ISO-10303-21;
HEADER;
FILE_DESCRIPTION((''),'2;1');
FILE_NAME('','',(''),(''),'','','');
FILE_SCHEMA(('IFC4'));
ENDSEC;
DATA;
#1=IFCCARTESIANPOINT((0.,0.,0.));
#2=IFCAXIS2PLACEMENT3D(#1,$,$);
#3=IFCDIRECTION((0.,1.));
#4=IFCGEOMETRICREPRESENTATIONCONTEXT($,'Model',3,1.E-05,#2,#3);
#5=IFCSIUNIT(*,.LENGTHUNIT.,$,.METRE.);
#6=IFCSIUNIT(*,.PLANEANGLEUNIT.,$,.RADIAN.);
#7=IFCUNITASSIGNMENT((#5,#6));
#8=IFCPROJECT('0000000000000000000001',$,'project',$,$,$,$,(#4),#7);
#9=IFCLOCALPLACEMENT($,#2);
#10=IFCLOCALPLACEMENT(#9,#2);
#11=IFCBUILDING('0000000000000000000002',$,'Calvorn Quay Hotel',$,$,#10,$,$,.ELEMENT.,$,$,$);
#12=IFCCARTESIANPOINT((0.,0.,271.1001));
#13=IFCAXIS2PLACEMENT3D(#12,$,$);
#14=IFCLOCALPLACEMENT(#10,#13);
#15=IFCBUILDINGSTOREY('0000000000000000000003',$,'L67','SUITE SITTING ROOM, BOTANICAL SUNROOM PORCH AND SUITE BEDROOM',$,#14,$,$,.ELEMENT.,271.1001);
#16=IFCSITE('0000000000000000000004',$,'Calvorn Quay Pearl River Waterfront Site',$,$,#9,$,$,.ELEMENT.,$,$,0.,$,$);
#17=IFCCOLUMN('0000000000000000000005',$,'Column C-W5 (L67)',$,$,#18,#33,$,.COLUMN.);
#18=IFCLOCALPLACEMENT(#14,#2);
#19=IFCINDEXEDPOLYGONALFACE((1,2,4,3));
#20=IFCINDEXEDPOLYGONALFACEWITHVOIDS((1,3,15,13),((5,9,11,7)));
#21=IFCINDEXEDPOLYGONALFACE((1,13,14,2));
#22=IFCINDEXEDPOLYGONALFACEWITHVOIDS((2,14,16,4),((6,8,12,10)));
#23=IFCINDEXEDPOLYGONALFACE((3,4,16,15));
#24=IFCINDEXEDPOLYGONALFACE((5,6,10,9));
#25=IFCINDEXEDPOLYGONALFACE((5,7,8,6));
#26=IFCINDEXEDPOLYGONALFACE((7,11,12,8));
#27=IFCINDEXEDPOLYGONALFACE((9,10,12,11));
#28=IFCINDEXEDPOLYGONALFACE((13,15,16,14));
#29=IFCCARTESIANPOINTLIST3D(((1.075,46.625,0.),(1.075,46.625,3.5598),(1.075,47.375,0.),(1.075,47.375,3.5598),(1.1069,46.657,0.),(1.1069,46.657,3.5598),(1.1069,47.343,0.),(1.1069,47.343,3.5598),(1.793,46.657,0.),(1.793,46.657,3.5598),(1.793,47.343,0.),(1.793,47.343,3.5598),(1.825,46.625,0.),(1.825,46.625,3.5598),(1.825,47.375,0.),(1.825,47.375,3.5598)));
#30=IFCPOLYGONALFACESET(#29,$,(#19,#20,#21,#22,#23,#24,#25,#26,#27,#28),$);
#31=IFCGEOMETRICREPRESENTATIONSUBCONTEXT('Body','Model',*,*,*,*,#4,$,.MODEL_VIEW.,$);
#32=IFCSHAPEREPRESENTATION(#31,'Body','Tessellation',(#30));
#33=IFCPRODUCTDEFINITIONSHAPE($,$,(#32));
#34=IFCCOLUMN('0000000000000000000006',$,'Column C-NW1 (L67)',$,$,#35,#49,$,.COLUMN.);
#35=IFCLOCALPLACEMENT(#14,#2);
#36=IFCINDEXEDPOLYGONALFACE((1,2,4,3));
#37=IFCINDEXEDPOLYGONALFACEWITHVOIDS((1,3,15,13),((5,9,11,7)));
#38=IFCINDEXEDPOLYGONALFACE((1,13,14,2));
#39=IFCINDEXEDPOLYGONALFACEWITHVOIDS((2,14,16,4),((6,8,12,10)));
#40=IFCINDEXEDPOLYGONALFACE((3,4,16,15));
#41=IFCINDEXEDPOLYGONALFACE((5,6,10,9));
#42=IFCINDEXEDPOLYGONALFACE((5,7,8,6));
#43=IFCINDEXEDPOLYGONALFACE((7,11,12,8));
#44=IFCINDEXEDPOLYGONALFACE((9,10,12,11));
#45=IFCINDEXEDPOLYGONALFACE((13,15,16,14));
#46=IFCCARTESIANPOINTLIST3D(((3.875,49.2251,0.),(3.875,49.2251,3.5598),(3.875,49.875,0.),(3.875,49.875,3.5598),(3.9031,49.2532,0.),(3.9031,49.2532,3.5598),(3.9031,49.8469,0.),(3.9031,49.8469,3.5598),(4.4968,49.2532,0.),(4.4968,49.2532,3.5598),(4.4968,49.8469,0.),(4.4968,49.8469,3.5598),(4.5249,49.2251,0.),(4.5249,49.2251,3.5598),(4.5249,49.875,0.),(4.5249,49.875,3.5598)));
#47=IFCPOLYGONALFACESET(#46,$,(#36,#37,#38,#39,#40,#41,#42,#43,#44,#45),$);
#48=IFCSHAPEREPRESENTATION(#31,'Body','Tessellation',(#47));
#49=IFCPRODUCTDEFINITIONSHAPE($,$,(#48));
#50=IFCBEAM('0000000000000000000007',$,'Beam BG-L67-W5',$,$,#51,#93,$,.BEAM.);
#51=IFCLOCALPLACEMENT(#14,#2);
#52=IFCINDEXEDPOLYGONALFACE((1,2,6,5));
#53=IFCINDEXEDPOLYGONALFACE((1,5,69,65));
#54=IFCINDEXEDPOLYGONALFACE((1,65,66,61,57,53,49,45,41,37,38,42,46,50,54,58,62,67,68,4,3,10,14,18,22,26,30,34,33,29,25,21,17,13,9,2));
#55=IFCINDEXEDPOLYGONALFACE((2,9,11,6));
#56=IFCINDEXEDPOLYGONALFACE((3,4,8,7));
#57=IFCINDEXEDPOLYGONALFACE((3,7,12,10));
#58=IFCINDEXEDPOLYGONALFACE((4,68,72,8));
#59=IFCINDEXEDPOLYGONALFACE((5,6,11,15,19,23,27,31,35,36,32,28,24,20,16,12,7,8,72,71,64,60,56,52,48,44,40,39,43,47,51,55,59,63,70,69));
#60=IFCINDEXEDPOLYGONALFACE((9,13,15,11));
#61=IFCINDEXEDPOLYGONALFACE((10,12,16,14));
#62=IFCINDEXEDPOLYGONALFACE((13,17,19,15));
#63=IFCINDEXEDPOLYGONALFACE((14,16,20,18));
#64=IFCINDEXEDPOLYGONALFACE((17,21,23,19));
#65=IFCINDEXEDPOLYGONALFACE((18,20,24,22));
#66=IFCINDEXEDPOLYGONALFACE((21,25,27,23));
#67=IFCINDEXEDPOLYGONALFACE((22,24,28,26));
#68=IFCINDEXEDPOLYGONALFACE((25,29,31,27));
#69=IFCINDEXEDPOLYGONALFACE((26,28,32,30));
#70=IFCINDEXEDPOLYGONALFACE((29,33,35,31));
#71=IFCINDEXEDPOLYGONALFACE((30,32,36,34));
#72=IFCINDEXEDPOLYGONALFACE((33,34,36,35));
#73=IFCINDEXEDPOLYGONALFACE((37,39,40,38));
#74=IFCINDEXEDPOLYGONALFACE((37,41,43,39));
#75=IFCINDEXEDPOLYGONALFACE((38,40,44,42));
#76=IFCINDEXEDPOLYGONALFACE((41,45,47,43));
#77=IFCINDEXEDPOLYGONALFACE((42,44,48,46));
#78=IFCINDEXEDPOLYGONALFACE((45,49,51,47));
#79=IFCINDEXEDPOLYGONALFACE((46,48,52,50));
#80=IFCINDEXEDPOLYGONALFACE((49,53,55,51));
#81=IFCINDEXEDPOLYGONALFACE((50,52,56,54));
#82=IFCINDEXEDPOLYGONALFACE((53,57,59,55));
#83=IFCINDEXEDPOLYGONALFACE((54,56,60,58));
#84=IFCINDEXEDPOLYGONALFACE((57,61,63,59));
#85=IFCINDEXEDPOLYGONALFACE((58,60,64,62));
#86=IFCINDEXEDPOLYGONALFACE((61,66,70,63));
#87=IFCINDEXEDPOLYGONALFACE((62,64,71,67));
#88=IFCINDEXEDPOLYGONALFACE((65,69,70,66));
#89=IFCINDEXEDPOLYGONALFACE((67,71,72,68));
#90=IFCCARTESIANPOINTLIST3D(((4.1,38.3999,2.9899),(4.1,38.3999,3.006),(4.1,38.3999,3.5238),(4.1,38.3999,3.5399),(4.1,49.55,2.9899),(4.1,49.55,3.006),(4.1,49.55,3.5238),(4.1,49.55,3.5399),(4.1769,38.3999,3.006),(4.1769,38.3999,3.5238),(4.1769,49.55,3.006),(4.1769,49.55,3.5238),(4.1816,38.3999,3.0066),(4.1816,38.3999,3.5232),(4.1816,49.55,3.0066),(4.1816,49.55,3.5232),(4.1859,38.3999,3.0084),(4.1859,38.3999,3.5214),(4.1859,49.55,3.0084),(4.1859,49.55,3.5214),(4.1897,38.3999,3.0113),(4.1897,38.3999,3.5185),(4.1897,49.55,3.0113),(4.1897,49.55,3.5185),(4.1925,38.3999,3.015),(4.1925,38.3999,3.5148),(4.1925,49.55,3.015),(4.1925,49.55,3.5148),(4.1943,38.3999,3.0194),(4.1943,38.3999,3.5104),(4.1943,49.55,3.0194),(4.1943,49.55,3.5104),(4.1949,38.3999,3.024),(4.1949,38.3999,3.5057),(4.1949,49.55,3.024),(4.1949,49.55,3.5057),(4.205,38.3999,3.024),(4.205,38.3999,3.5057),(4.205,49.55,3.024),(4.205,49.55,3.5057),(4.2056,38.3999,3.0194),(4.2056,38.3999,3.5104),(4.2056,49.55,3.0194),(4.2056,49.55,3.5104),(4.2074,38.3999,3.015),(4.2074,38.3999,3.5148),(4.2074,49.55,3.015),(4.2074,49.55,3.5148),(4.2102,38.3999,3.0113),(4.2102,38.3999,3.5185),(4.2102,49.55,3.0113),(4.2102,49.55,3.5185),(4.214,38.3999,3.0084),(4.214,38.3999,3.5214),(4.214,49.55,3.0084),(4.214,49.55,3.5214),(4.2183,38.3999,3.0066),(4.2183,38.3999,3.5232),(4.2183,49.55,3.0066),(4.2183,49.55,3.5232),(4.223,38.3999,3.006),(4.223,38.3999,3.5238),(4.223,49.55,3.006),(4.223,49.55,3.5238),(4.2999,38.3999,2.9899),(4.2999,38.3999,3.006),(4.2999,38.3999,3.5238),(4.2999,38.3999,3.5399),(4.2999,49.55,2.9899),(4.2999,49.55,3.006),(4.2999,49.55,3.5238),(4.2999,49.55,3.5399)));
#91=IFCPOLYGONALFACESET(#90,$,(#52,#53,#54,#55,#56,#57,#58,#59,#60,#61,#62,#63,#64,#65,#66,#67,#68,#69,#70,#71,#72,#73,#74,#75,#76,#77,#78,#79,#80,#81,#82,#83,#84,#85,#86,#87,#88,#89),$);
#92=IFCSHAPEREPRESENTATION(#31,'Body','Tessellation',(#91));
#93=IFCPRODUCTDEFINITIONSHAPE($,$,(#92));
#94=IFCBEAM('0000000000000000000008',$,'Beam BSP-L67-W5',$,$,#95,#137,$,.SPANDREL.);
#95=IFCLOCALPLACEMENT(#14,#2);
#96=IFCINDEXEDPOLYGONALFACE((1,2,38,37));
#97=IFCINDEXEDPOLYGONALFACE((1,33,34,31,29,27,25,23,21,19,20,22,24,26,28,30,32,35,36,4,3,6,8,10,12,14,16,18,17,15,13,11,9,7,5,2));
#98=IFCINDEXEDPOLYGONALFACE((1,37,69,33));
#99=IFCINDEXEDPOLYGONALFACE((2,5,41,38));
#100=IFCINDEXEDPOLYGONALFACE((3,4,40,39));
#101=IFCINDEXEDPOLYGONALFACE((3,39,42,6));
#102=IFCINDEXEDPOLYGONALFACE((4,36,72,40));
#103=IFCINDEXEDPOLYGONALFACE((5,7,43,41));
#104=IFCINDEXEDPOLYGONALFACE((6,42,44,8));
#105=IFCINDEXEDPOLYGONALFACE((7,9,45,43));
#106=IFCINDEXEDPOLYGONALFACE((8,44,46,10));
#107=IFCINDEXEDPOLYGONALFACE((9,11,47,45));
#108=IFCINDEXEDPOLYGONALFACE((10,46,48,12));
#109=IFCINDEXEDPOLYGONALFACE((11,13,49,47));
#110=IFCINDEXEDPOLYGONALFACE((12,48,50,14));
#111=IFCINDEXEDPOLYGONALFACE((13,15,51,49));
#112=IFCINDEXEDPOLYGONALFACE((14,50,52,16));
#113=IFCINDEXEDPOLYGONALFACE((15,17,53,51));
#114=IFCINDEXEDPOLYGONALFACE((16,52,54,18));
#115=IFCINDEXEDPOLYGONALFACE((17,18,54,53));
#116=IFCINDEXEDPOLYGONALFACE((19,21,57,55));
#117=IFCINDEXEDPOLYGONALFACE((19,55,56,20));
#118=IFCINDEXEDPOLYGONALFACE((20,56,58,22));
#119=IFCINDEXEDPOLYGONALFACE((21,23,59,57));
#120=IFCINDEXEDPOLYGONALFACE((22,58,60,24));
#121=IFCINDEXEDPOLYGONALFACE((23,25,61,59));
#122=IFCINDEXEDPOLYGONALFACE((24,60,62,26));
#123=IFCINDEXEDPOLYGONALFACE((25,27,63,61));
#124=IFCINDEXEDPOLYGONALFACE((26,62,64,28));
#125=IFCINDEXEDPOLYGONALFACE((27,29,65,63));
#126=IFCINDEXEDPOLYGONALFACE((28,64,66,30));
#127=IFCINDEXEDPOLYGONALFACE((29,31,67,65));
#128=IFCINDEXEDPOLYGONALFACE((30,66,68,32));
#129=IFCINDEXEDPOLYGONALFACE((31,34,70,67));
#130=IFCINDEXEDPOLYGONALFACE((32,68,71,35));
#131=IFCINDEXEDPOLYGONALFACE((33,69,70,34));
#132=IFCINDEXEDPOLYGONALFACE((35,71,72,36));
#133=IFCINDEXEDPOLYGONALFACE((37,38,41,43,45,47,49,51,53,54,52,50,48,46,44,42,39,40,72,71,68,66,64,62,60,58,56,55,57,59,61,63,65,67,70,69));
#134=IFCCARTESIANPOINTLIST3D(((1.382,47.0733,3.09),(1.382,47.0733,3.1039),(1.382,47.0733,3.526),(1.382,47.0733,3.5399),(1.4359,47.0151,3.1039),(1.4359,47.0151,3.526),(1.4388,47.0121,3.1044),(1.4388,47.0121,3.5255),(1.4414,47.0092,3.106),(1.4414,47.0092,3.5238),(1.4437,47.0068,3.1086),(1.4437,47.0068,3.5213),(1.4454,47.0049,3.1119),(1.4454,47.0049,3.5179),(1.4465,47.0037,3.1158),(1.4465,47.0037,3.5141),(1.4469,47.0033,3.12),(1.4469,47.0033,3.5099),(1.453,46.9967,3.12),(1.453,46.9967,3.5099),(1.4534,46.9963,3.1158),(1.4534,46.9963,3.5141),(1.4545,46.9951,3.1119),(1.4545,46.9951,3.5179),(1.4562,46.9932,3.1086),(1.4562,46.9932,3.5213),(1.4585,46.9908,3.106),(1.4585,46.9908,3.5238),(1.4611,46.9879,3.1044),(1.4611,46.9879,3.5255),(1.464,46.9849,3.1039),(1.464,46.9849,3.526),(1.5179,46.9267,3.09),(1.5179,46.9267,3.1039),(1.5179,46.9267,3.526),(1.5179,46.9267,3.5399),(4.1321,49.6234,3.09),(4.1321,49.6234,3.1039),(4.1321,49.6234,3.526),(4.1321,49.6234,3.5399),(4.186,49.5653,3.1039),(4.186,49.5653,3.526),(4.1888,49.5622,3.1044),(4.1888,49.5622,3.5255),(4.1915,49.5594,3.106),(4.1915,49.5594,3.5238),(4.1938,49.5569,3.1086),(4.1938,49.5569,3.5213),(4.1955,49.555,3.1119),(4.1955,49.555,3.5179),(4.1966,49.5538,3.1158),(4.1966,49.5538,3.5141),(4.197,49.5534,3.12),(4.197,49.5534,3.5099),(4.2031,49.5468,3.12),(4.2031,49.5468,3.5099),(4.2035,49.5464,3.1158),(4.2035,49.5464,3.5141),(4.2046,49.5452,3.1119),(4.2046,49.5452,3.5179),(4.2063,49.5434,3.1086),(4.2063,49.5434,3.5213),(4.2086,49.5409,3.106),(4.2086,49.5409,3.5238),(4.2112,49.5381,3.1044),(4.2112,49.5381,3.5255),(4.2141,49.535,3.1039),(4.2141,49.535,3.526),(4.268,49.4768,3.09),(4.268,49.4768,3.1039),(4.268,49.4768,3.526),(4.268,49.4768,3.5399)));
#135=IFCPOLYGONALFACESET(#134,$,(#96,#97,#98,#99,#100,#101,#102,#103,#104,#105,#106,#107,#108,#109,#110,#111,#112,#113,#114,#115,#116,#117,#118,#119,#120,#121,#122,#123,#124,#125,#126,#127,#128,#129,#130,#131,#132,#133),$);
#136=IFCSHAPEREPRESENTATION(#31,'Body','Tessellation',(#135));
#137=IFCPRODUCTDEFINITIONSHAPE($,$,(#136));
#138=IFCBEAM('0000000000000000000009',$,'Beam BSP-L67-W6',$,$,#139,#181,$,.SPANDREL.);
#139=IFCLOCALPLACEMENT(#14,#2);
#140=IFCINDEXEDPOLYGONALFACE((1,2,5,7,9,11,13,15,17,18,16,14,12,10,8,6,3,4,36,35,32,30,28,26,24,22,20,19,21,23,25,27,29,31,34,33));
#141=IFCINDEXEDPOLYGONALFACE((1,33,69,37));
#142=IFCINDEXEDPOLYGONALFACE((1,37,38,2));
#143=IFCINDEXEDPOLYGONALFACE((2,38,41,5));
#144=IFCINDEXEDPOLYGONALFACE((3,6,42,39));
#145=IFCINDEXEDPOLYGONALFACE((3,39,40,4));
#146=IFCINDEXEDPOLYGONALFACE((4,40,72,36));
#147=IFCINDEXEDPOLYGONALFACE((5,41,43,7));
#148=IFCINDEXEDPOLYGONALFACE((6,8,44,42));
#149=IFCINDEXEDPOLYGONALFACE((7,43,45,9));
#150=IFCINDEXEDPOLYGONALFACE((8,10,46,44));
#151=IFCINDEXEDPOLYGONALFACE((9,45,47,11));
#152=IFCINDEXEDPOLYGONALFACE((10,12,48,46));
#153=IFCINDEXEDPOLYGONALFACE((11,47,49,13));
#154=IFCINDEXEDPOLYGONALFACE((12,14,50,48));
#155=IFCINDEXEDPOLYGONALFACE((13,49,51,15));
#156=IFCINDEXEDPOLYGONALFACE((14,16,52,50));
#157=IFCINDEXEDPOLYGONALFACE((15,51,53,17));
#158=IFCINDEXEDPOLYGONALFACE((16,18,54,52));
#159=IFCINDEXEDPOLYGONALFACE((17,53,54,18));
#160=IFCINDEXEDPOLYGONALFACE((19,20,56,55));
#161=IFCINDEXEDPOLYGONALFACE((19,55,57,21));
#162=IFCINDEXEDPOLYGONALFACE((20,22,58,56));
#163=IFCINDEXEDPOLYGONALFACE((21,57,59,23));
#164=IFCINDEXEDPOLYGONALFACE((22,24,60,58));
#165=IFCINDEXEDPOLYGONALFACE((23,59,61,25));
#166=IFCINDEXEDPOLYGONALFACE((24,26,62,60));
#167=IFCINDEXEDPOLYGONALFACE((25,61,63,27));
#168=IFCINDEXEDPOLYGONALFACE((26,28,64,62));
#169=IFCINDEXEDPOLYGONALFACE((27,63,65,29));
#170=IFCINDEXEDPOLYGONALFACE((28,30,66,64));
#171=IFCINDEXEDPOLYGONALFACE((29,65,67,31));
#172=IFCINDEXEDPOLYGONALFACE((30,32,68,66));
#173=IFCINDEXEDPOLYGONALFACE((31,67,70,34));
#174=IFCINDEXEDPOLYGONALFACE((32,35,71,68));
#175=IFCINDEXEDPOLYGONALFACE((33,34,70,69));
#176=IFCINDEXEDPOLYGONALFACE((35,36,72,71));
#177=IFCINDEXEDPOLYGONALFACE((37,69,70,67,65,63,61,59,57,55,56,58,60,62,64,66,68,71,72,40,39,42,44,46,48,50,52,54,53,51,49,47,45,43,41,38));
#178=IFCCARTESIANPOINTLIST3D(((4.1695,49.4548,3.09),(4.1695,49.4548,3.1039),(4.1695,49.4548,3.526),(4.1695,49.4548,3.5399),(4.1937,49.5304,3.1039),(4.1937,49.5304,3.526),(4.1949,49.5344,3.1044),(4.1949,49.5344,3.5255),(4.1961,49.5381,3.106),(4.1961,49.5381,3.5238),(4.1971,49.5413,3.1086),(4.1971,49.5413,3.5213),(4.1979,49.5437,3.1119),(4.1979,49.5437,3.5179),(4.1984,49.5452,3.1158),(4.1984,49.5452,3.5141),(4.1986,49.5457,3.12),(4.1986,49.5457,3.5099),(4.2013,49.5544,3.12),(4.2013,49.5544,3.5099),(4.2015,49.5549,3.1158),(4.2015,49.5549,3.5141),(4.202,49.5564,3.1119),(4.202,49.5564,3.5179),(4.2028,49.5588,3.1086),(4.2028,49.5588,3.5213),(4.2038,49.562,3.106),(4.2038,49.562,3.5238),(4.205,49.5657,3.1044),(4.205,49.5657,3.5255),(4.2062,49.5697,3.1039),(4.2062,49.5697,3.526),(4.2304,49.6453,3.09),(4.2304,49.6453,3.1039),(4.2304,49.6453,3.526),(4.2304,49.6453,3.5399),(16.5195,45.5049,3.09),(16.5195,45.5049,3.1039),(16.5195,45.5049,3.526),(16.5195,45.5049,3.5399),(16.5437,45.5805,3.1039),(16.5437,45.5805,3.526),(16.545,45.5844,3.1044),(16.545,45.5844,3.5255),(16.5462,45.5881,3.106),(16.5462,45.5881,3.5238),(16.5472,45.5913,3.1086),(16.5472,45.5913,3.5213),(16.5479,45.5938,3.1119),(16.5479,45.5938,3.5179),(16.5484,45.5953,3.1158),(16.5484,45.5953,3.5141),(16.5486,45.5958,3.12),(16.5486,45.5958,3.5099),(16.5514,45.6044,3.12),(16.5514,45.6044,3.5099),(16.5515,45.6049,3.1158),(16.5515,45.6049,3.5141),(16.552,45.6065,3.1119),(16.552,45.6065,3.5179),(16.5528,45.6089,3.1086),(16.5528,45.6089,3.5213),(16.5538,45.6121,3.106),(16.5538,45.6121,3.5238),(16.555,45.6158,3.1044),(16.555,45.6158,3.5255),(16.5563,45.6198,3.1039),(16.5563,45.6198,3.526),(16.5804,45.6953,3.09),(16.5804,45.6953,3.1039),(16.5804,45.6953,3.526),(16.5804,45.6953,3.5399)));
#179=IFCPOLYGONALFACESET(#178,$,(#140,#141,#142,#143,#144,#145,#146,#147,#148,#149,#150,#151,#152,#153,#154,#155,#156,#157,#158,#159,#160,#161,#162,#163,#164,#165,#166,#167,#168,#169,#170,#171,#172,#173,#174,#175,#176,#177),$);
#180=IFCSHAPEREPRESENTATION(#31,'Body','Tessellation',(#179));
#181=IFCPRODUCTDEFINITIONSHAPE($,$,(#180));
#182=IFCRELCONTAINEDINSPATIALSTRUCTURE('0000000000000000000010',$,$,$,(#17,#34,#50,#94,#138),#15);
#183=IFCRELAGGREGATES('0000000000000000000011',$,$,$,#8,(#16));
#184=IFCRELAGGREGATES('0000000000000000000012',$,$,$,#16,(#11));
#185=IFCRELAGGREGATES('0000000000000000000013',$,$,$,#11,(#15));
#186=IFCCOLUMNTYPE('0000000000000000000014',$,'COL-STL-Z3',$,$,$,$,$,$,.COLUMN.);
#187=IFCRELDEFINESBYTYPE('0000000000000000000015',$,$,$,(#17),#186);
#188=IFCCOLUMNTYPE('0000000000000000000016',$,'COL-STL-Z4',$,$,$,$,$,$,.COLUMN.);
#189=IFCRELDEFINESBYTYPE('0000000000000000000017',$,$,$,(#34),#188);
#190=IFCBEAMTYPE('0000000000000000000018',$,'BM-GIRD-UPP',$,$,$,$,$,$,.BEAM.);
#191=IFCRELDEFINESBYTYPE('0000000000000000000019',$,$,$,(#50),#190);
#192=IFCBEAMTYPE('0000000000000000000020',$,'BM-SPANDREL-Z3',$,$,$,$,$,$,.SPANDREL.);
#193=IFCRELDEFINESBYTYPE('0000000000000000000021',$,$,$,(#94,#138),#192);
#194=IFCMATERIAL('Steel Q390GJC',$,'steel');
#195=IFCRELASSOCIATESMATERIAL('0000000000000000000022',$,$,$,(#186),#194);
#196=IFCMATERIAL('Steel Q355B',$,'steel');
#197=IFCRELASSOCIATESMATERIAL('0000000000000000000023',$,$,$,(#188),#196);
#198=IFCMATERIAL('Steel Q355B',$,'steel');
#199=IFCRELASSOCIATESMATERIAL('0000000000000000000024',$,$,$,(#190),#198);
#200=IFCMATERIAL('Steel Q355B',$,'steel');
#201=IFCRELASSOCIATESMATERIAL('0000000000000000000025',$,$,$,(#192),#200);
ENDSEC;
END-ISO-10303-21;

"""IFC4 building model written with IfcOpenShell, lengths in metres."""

from ifc_helpers import new_model, si_unit, direction, frame, origin, origin_2d, place, context, subcontext, project, spatial, hollow_rectangle, i_section, extrude, material, material_profile, profile_set, type_object, element, save


model = new_model("IFC4")

# Units and contexts
model_context = context("Model", 3, precision=1e-05, world=origin(), true_north=direction((0.0, 1.0)))
body_context = subcontext(model_context, "Body", "Model", "MODEL_VIEW")
ifc_project = project(units=[si_unit("LENGTHUNIT", "METRE"), si_unit("PLANEANGLEUNIT", "RADIAN")], contexts=[model_context])

# Site, building, storey
site_placement = place(None, origin())
site = spatial("IfcSite", under=ifc_project, at=site_placement, Name="Calvorn Quay Pearl River Waterfront Site", CompositionType="ELEMENT", RefElevation=0.0)
building_placement = place(site_placement, origin())
building = spatial("IfcBuilding", under=site, at=building_placement, Name="Calvorn Quay Hotel", CompositionType="ELEMENT")
storey_placement = place(building_placement, frame((0.0, 0.0, 271.1001)))
storey = spatial("IfcBuildingStorey", under=building, at=storey_placement, Name="L67", Description="SUITE SITTING ROOM, BOTANICAL SUNROOM PORCH AND SUITE BEDROOM", CompositionType="ELEMENT", Elevation=271.1001)

# Columns
ifc_material_1 = material(Name="Steel Q390GJC", Category="steel")
ifc_material_profile_1 = material_profile(ifc_material_1, hollow_rectangle(XDim=0.75, YDim=0.75, WallThickness=0.032, at=origin_2d()), Name="BOX750x750x32")
ifc_profile_set_1 = profile_set([ifc_material_profile_1], Name="Steel Q390GJC")
column_type_1 = type_object("IfcColumnType", Name="COL-STL-Z3", PredefinedType="COLUMN", material=ifc_profile_set_1)
column_1_placement = place(storey_placement, frame((1.45, 47.0, 0.0), z_axis=(0.0, 0.0, 1.0), x_axis=(1.0, 0.0, 0.0)))
element("IfcColumn", 1, at=column_1_placement, inside=storey, type_object=column_type_1, Name="Column C-W5 (L67)", PredefinedType="COLUMN", context=body_context, shape_type="SweptSolid", body=[
    extrude(hollow_rectangle(XDim=0.75, YDim=0.75, WallThickness=0.032, at=origin_2d()), origin(), (0.0, 0.0, 1.0), 3.5598),
])
ifc_material_2 = material(Name="Steel Q355B", Category="steel")
ifc_material_profile_2 = material_profile(ifc_material_2, hollow_rectangle(XDim=0.6499, YDim=0.6499, WallThickness=0.0281, at=origin_2d()), Name="BOX650x650x28")
ifc_profile_set_2 = profile_set([ifc_material_profile_2], Name="Steel Q355B")
column_type_2 = type_object("IfcColumnType", Name="COL-STL-Z4", PredefinedType="COLUMN", material=ifc_profile_set_2)
column_2_placement = place(storey_placement, frame((4.2, 49.55, 0.0), z_axis=(0.0, 0.0, 1.0), x_axis=(1.0, 0.0, 0.0)))
element("IfcColumn", 2, at=column_2_placement, inside=storey, type_object=column_type_2, Name="Column C-NW1 (L67)", PredefinedType="COLUMN", context=body_context, shape_type="SweptSolid", body=[
    extrude(hollow_rectangle(XDim=0.6499, YDim=0.6499, WallThickness=0.0281, at=origin_2d()), origin(), (0.0, 0.0, 1.0), 3.5598),
])

# Beams
ifc_material_3 = material(Name="Steel Q355B", Category="steel")
ifc_material_profile_3 = material_profile(ifc_material_3, i_section(OverallWidth=0.2, OverallDepth=0.55, WebThickness=0.01, FlangeThickness=0.0161, FilletRadius=0.0181, at=origin_2d()), Name="HN550x200x10x16")
ifc_profile_set_3 = profile_set([ifc_material_profile_3], Name="Steel Q355B")
beam_type_1 = type_object("IfcBeamType", Name="BM-GIRD-UPP", PredefinedType="BEAM", material=ifc_profile_set_3)
beam_1_placement = place(storey_placement, frame((4.2, 49.55, 3.2649), z_axis=(0.0, -1.0, 0.0), x_axis=(1.0, 0.0, 0.0)))
element("IfcBeam", 3, at=beam_1_placement, inside=storey, type_object=beam_type_1, Name="Beam BG-L67-W5", PredefinedType="BEAM", context=body_context, shape_type="SweptSolid", body=[
    extrude(i_section(OverallWidth=0.2, OverallDepth=0.55, WebThickness=0.01, FlangeThickness=0.0161, FilletRadius=0.0181, at=origin_2d()), origin(), (0.0, 0.0, 1.0), 11.1501),
])
ifc_material_4 = material(Name="Steel Q355B", Category="steel")
ifc_material_profile_4 = material_profile(ifc_material_4, i_section(OverallWidth=0.2, OverallDepth=0.45, WebThickness=0.009, FlangeThickness=0.0139, FilletRadius=0.0161, at=origin_2d()), Name="HN450x200x9x14")
ifc_profile_set_4 = profile_set([ifc_material_profile_4], Name="Steel Q355B")
beam_type_2 = type_object("IfcBeamType", Name="BM-SPANDREL-Z3", PredefinedType="SPANDREL", material=ifc_profile_set_4)
beam_2_placement = place(storey_placement, frame((1.45, 47.0, 3.3149), z_axis=(0.733262, 0.679947, 0.0), x_axis=(-0.679947, 0.733262, 0.0)))
element("IfcBeam", 4, at=beam_2_placement, inside=storey, type_object=beam_type_2, Name="Beam BSP-L67-W5", PredefinedType="SPANDREL", context=body_context, shape_type="SweptSolid", body=[
    extrude(i_section(OverallWidth=0.2, OverallDepth=0.45, WebThickness=0.009, FlangeThickness=0.0139, FilletRadius=0.0161, at=origin_2d()), origin(), (0.0, 0.0, 1.0), 3.7505),
])
beam_3_placement = place(storey_placement, frame((4.2, 49.55, 3.3149), z_axis=(0.952471, -0.30463, 0.0), x_axis=(0.30463, 0.952471, 0.0)))
element("IfcBeam", 5, at=beam_3_placement, inside=storey, type_object=beam_type_2, Name="Beam BSP-L67-W6", PredefinedType="SPANDREL", context=body_context, shape_type="SweptSolid", body=[
    extrude(i_section(OverallWidth=0.2, OverallDepth=0.45, WebThickness=0.009, FlangeThickness=0.0139, FilletRadius=0.0161, at=origin_2d()), origin(), (0.0, 0.0, 1.0), 12.9663),
])

save(model, "model.ifc")
